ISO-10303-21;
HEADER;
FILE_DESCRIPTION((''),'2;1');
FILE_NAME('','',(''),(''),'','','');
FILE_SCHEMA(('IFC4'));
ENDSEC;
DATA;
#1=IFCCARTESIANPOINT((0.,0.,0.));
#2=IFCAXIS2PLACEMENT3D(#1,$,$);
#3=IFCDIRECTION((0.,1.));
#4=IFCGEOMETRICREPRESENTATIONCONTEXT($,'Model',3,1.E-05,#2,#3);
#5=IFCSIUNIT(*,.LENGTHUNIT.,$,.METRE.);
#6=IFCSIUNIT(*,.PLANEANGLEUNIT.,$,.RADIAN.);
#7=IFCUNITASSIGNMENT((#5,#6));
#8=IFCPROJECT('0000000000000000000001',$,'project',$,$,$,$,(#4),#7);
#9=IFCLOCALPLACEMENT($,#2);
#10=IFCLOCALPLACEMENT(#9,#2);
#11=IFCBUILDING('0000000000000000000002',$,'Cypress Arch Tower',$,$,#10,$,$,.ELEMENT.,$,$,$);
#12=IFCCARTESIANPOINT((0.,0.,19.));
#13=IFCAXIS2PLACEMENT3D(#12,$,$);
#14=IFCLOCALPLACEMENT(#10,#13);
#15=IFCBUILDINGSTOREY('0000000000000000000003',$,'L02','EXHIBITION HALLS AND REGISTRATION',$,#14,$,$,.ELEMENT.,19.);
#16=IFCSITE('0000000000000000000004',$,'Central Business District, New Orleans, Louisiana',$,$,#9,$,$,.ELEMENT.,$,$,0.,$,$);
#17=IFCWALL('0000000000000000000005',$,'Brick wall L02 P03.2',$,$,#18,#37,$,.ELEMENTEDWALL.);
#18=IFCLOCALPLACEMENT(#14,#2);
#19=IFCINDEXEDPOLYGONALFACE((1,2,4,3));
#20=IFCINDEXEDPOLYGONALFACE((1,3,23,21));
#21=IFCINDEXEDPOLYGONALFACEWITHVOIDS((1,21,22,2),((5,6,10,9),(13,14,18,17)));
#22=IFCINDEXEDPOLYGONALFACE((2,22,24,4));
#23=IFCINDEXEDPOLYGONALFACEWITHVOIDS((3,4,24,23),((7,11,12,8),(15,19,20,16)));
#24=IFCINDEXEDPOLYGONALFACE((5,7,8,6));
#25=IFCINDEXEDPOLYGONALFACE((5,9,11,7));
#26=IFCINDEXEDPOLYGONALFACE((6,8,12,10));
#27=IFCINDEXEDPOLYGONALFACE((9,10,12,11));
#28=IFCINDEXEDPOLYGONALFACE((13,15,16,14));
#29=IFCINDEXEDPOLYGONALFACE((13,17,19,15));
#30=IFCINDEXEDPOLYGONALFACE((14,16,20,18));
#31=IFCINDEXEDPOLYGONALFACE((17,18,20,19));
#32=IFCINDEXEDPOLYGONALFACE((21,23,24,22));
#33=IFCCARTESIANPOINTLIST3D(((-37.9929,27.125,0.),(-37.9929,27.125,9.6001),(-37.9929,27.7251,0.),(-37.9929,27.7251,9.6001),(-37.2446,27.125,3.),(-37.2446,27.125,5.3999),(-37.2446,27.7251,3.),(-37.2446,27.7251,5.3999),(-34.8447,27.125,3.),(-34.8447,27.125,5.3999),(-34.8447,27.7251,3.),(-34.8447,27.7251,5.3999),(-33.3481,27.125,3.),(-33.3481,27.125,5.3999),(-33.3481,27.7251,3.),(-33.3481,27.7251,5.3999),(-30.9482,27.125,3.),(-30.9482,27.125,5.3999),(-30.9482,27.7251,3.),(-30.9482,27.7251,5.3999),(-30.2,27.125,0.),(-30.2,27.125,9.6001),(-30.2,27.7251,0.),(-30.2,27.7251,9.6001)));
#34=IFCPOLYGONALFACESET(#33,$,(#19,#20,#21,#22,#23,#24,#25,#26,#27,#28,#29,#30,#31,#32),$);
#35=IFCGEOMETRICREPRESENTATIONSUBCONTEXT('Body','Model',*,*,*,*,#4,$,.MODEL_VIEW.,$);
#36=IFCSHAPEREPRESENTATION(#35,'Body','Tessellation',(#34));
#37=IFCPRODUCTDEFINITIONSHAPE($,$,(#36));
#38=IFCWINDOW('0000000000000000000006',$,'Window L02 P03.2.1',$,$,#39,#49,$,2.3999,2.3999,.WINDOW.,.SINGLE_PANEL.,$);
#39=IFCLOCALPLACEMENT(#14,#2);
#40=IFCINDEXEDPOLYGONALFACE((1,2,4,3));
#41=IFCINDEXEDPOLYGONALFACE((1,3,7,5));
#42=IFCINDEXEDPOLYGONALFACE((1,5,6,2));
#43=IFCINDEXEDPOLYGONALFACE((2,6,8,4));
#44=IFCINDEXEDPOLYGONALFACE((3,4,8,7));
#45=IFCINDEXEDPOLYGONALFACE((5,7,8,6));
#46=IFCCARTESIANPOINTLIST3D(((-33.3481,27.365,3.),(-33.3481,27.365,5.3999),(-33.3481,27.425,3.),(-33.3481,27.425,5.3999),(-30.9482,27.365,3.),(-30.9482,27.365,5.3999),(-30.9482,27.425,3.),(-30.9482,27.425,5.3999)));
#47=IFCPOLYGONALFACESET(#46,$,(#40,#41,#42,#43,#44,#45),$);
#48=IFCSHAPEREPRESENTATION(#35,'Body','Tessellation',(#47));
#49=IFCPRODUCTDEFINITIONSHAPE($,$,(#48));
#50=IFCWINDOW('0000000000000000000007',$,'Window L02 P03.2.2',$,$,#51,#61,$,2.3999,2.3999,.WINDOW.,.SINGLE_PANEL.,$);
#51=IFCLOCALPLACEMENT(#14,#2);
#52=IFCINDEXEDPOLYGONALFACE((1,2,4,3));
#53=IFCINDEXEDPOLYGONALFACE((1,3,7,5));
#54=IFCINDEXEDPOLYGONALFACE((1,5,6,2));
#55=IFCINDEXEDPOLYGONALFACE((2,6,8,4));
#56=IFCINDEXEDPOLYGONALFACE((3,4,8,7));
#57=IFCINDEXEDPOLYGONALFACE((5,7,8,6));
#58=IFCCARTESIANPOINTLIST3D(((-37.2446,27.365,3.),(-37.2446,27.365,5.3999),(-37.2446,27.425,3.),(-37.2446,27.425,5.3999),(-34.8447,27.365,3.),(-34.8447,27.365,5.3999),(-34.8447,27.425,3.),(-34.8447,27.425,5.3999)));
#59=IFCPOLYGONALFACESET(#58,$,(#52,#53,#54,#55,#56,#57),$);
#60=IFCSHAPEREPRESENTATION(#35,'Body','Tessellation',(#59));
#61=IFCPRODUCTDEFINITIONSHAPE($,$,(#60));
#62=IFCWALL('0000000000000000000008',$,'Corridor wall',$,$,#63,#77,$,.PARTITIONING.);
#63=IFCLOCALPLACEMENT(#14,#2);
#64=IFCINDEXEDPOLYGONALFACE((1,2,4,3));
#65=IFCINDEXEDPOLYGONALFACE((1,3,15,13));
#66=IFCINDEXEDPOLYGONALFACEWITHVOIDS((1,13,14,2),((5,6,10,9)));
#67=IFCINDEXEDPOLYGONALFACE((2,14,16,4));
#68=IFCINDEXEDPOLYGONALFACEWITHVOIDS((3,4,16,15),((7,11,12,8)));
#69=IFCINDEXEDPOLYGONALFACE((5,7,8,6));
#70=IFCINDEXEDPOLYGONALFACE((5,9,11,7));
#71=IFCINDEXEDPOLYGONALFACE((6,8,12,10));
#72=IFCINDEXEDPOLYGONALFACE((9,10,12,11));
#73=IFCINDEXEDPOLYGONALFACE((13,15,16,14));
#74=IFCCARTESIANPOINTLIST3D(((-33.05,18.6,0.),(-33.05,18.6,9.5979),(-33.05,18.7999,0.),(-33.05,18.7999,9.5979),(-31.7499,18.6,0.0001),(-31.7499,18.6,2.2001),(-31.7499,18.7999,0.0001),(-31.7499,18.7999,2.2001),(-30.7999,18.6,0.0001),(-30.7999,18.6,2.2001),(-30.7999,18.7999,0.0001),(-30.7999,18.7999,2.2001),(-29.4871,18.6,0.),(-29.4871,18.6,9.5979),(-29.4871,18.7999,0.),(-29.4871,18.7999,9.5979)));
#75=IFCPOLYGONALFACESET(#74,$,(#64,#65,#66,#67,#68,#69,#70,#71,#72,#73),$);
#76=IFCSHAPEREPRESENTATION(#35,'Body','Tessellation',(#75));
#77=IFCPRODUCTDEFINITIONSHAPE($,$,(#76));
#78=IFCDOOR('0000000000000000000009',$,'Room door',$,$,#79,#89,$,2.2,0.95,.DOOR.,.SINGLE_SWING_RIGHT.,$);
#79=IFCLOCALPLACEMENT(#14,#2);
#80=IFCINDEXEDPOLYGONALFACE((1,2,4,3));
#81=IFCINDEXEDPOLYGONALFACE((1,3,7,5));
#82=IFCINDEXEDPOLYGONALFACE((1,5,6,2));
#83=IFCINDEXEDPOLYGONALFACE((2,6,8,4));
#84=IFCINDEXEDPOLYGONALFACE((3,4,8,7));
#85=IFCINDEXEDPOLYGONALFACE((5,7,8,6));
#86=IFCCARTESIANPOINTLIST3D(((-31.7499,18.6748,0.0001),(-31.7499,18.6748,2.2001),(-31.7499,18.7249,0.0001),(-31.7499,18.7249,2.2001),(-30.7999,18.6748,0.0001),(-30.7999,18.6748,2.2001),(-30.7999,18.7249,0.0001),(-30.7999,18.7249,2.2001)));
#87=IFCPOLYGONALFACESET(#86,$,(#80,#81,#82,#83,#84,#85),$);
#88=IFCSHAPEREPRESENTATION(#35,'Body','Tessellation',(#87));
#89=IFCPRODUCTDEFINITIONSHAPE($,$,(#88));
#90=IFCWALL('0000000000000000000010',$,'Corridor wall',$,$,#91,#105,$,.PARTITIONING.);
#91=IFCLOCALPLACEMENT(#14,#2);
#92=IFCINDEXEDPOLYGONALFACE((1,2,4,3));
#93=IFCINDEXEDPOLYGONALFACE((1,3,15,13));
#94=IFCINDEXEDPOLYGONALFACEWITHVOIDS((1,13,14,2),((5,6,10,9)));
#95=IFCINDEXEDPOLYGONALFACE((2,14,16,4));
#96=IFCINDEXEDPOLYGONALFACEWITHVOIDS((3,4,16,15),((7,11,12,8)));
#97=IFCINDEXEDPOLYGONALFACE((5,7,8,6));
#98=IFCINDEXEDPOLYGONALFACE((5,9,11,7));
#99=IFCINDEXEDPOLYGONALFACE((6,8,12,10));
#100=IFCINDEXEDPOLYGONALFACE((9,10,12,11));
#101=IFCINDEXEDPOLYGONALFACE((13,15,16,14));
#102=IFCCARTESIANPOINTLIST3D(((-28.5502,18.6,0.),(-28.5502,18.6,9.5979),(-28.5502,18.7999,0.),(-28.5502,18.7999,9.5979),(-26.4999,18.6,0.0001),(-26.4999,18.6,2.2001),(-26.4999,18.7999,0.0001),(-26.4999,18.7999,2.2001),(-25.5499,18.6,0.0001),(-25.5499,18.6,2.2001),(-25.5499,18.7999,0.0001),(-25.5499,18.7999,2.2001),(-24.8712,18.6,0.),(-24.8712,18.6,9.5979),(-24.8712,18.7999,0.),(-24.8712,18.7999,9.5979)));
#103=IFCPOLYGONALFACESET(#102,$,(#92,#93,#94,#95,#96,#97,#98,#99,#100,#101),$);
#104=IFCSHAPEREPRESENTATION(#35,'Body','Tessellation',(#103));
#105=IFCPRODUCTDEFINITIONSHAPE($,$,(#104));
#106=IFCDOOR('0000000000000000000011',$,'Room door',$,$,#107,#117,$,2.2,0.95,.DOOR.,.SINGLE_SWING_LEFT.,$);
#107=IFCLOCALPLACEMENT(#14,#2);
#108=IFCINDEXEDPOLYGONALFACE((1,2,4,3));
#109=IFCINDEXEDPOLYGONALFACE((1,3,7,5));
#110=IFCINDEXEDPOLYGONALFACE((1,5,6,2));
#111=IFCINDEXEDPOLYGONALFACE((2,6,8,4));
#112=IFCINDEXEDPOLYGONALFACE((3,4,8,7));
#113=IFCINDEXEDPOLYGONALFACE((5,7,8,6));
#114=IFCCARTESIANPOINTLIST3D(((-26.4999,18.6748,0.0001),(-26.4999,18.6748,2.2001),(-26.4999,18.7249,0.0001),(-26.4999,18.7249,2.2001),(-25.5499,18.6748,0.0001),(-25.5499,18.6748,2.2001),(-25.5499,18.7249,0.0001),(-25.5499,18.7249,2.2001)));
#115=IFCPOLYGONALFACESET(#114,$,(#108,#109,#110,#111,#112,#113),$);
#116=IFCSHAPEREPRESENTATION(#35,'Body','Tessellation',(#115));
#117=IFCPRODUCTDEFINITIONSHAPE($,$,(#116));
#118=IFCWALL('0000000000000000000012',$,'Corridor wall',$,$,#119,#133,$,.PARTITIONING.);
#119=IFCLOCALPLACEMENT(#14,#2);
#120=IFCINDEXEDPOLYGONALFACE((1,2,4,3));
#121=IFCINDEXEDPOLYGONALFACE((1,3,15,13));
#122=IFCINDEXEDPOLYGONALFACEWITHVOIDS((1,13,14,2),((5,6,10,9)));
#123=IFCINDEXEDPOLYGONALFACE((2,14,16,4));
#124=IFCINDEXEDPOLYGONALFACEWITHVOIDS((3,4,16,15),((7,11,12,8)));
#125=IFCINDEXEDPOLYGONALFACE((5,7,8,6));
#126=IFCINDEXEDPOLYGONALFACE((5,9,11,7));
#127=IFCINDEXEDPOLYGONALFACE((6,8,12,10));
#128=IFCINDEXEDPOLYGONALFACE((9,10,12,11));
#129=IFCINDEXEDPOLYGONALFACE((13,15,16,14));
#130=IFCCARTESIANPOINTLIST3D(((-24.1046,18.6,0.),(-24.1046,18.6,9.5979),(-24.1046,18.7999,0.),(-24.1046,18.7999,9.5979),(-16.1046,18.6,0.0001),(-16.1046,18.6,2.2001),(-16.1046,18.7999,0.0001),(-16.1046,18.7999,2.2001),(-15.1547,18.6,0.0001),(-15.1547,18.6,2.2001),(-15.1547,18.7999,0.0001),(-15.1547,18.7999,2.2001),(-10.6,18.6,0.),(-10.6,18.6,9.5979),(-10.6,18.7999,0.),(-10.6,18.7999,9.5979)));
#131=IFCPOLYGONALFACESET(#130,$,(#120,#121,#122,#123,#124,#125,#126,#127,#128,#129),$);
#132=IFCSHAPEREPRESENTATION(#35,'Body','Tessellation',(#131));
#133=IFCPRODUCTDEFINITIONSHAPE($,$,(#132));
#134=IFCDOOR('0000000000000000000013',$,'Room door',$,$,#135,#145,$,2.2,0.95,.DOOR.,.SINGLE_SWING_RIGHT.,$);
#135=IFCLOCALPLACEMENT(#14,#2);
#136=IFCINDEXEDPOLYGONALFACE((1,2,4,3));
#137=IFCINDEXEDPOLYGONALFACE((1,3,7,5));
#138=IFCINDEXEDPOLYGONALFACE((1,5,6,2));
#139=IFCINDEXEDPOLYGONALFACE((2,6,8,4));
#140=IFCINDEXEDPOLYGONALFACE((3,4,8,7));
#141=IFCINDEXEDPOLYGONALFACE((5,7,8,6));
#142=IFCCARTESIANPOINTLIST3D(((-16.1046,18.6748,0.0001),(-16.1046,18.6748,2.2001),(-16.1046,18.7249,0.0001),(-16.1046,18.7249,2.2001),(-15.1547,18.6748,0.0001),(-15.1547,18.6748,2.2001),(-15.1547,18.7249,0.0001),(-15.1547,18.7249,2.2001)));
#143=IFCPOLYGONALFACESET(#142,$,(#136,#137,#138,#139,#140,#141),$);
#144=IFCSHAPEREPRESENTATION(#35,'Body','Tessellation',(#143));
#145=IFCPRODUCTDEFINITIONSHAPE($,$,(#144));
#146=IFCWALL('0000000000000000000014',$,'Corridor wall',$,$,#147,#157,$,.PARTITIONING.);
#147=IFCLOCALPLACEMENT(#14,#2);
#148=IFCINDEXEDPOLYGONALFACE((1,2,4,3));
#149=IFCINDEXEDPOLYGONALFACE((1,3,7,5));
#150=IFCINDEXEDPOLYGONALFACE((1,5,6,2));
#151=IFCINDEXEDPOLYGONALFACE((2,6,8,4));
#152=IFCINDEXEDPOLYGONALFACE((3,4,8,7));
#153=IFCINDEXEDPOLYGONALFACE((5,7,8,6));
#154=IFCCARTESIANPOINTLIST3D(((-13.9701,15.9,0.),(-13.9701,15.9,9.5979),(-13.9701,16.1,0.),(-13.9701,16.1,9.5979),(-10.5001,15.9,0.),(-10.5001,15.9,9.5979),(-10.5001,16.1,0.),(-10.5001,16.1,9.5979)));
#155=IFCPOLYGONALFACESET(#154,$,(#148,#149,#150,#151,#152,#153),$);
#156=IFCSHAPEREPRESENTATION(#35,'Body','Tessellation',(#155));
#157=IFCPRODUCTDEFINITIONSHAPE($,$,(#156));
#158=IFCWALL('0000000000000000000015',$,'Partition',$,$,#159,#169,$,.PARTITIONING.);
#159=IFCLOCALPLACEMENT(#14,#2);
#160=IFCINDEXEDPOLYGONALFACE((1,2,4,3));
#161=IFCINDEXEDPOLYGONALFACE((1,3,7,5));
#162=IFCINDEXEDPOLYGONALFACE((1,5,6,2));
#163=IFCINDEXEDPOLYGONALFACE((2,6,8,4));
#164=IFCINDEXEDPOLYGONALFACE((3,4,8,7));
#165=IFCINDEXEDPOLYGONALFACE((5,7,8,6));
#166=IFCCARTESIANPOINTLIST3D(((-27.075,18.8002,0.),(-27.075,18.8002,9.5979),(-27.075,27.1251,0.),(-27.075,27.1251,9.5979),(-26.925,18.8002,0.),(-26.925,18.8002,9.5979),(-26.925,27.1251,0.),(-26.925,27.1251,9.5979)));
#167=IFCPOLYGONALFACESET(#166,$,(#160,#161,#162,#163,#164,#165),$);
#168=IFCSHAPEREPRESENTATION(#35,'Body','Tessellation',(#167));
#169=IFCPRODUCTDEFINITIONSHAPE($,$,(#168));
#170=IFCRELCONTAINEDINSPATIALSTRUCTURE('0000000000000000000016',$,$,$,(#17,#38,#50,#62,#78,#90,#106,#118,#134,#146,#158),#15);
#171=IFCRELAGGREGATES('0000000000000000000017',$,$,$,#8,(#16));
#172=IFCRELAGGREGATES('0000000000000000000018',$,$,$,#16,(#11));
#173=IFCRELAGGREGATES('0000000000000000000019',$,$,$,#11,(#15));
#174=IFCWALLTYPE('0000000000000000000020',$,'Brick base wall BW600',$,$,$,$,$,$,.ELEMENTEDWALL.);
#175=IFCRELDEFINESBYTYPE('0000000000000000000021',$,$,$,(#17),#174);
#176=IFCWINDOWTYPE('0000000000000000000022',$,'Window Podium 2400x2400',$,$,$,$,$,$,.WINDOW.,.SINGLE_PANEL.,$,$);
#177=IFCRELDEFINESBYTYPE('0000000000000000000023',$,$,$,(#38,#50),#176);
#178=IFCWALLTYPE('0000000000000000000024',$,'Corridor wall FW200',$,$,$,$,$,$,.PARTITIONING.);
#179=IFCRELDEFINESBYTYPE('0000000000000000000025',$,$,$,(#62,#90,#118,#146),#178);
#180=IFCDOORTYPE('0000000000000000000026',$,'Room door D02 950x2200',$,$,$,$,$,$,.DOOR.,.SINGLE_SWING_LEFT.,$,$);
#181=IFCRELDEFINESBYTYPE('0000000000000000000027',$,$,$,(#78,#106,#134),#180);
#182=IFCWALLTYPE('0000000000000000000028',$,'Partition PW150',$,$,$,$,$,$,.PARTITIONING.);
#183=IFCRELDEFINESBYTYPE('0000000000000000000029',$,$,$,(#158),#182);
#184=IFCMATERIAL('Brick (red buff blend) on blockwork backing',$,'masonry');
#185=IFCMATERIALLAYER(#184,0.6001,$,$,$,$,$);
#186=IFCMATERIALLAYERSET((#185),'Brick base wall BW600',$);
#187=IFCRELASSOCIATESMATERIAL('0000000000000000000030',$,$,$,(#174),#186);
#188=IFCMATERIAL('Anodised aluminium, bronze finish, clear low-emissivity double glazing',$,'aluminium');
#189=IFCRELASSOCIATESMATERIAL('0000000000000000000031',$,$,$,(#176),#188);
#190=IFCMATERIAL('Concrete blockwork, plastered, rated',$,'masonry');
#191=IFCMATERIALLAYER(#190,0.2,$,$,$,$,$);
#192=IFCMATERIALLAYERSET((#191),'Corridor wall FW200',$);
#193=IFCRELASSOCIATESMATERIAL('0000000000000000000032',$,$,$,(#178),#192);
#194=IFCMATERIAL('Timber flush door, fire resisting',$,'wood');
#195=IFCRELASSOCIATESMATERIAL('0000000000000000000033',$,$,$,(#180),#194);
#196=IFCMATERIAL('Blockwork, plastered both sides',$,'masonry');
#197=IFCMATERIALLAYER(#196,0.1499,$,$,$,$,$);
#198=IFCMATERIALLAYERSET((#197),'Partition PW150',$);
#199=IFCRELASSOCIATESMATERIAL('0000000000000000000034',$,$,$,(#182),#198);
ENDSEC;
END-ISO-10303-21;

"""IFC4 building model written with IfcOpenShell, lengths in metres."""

from ifc_helpers import new_model, si_unit, direction, frame, frame_2d, origin, place, context, subcontext, project, spatial, rectangle, extrude, material, layer, layer_set, type_object, element, fill, save


model = new_model("IFC4")

# Units and contexts
model_context = context("Model", 3, precision=1e-05, world=origin(), true_north=direction((0.0, 1.0)))
body_context = subcontext(model_context, "Body", "Model", "MODEL_VIEW")
ifc_project = project(units=[si_unit("LENGTHUNIT", "METRE"), si_unit("PLANEANGLEUNIT", "RADIAN")], contexts=[model_context])

# Site, building, storey
site_placement = place(None, origin())
site = spatial("IfcSite", under=ifc_project, at=site_placement, Name="Central Business District, New Orleans, Louisiana", CompositionType="ELEMENT", RefElevation=0.0)
building_placement = place(site_placement, origin())
building = spatial("IfcBuilding", under=site, at=building_placement, Name="Cypress Arch Tower", CompositionType="ELEMENT")
storey_placement = place(building_placement, frame((0.0, 0.0, 19.0)))
storey = spatial("IfcBuildingStorey", under=building, at=storey_placement, Name="L02", Description="EXHIBITION HALLS AND REGISTRATION", CompositionType="ELEMENT", Elevation=19.0)

# Wall, openings, windows
ifc_material_1 = material(Name="Brick (red buff blend) on blockwork backing", Category="masonry")
ifc_layer_1 = layer(ifc_material_1, 0.6001)
ifc_layer_set_1 = layer_set([ifc_layer_1], Name="Brick base wall BW600")
wall_type_1 = type_object("IfcWallType", Name="Brick base wall BW600", PredefinedType="ELEMENTEDWALL", material=ifc_layer_set_1)
wall_1_placement = place(storey_placement, frame((-30.2, 27.425, 0.0), z_axis=(0.0, 0.0, 1.0), x_axis=(-1.0, 0.0, 0.0)))
wall_1 = element("IfcWall", 1, at=wall_1_placement, inside=storey, type_object=wall_type_1, Name="Brick wall L02 P03.2", PredefinedType="ELEMENTEDWALL", context=body_context, shape_type="SweptSolid", body=[
    extrude(rectangle(XDim=7.793, YDim=0.6001, at=frame_2d((3.8965, 0.0))), origin(), (0.0, 0.0, 1.0), 9.6001),
])
opening_1_placement = place(wall_1_placement, frame((0.7483, 0.0, 3.0)))
opening_1 = element("IfcOpeningElement", 2, at=opening_1_placement, cuts=wall_1, PredefinedType="OPENING", context=body_context, shape_type="SweptSolid", body=[
    extrude(rectangle(XDim=2.3999, YDim=2.3999, at=frame_2d((1.2, 1.2))), frame((0.0, 0.3101, 0.0), z_axis=(0.0, -1.0, 0.0), x_axis=(1.0, 0.0, 0.0)), (0.0, 0.0, 1.0), 0.6201),
])
opening_2_placement = place(wall_1_placement, frame((4.6448, 0.0, 3.0)))
opening_2 = element("IfcOpeningElement", 3, at=opening_2_placement, cuts=wall_1, PredefinedType="OPENING", context=body_context, shape_type="SweptSolid", body=[
    extrude(rectangle(XDim=2.3999, YDim=2.3999, at=frame_2d((1.2, 1.2))), frame((0.0, 0.3101, 0.0), z_axis=(0.0, -1.0, 0.0), x_axis=(1.0, 0.0, 0.0)), (0.0, 0.0, 1.0), 0.6201),
])
ifc_material_2 = material(Name="Anodised aluminium, bronze finish, clear low-emissivity double glazing", Category="aluminium")
window_type = type_object("IfcWindowType", Name="Window Podium 2400x2400", PartitioningType="SINGLE_PANEL", PredefinedType="WINDOW", material=ifc_material_2)
window_1_placement = place(opening_1_placement, origin())
window_1 = element("IfcWindow", 4, at=window_1_placement, inside=storey, type_object=window_type, Name="Window L02 P03.2.1", OverallHeight=2.3999, OverallWidth=2.3999, PartitioningType="SINGLE_PANEL", PredefinedType="WINDOW", context=body_context, shape_type="SweptSolid", body=[
    extrude(rectangle(XDim=2.3999, YDim=2.3999, at=frame_2d((1.2, 1.2))), frame((0.0, 0.0601, 0.0), z_axis=(0.0, -1.0, 0.0), x_axis=(1.0, 0.0, 0.0)), (0.0, 0.0, 1.0), 0.0601),
])
fill(opening_1, window_1)
window_2_placement = place(opening_2_placement, origin())
window_2 = element("IfcWindow", 5, at=window_2_placement, inside=storey, type_object=window_type, Name="Window L02 P03.2.2", OverallHeight=2.3999, OverallWidth=2.3999, PartitioningType="SINGLE_PANEL", PredefinedType="WINDOW", context=body_context, shape_type="SweptSolid", body=[
    extrude(rectangle(XDim=2.3999, YDim=2.3999, at=frame_2d((1.2, 1.2))), frame((0.0, 0.0601, 0.0), z_axis=(0.0, -1.0, 0.0), x_axis=(1.0, 0.0, 0.0)), (0.0, 0.0, 1.0), 0.0601),
])
fill(opening_2, window_2)

# Walls, openings, doors
ifc_material_3 = material(Name="Concrete blockwork, plastered, rated", Category="masonry")
ifc_layer_2 = layer(ifc_material_3, 0.2)
ifc_layer_set_2 = layer_set([ifc_layer_2], Name="Corridor wall FW200")
wall_type_2 = type_object("IfcWallType", Name="Corridor wall FW200", PredefinedType="PARTITIONING", material=ifc_layer_set_2)
wall_2_placement = place(storey_placement, frame((-33.05, 18.7, 0.0), z_axis=(0.0, 0.0, 1.0), x_axis=(1.0, 0.0, 0.0)))
wall_2 = element("IfcWall", 6, at=wall_2_placement, inside=storey, type_object=wall_type_2, Name="Corridor wall", PredefinedType="PARTITIONING", context=body_context, shape_type="SweptSolid", body=[
    extrude(rectangle(XDim=3.563, YDim=0.2, at=frame_2d((1.7815, 0.0))), origin(), (0.0, 0.0, 1.0), 9.5979),
])
opening_3_placement = place(wall_2_placement, frame((1.3, 0.0, 0.0)))
opening_3 = element("IfcOpeningElement", 7, at=opening_3_placement, cuts=wall_2, PredefinedType="OPENING", context=body_context, shape_type="SweptSolid", body=[
    extrude(rectangle(XDim=0.95, YDim=2.2, at=frame_2d((0.4751, 1.1001))), frame((0.0, 0.1099, 0.0), z_axis=(0.0, -1.0, 0.0), x_axis=(1.0, 0.0, 0.0)), (0.0, 0.0, 1.0), 0.22),
])
ifc_material_4 = material(Name="Timber flush door, fire resisting", Category="wood")
door_type_1 = type_object("IfcDoorType", Name="Room door D02 950x2200", OperationType="SINGLE_SWING_LEFT", PredefinedType="DOOR", material=ifc_material_4)
door_1_placement = place(opening_3_placement, origin())
door_1 = element("IfcDoor", 8, at=door_1_placement, inside=storey, type_object=door_type_1, Name="Room door", OperationType="SINGLE_SWING_RIGHT", OverallHeight=2.2, OverallWidth=0.95, PredefinedType="DOOR", context=body_context, shape_type="SweptSolid", body=[
    extrude(rectangle(XDim=0.95, YDim=2.2, at=frame_2d((0.4751, 1.1001))), frame((0.0, 0.0249, 0.0), z_axis=(0.0, -1.0, 0.0), x_axis=(1.0, 0.0, 0.0)), (0.0, 0.0, 1.0), 0.05),
])
fill(opening_3, door_1)
wall_3_placement = place(storey_placement, frame((-28.55, 18.7, 0.0), z_axis=(0.0, 0.0, 1.0), x_axis=(1.0, 0.0, 0.0)))
wall_3 = element("IfcWall", 9, at=wall_3_placement, inside=storey, type_object=wall_type_2, Name="Corridor wall", PredefinedType="PARTITIONING", context=body_context, shape_type="SweptSolid", body=[
    extrude(rectangle(XDim=3.679, YDim=0.2, at=frame_2d((1.8394, 0.0))), origin(), (0.0, 0.0, 1.0), 9.5979),
])
opening_4_placement = place(wall_3_placement, frame((2.05, 0.0, 0.0)))
opening_4 = element("IfcOpeningElement", 10, at=opening_4_placement, cuts=wall_3, PredefinedType="OPENING", context=body_context, shape_type="SweptSolid", body=[
    extrude(rectangle(XDim=0.95, YDim=2.2, at=frame_2d((0.4751, 1.1001))), frame((0.0, 0.1099, 0.0), z_axis=(0.0, -1.0, 0.0), x_axis=(1.0, 0.0, 0.0)), (0.0, 0.0, 1.0), 0.22),
])
door_2_placement = place(opening_4_placement, origin())
door_2 = element("IfcDoor", 11, at=door_2_placement, inside=storey, type_object=door_type_1, Name="Room door", OperationType="SINGLE_SWING_LEFT", OverallHeight=2.2, OverallWidth=0.95, PredefinedType="DOOR", context=body_context, shape_type="SweptSolid", body=[
    extrude(rectangle(XDim=0.95, YDim=2.2, at=frame_2d((0.4751, 1.1001))), frame((0.0, 0.0249, 0.0), z_axis=(0.0, -1.0, 0.0), x_axis=(1.0, 0.0, 0.0)), (0.0, 0.0, 1.0), 0.05),
])
fill(opening_4, door_2)
wall_4_placement = place(storey_placement, frame((-24.1047, 18.7, 0.0), z_axis=(0.0, 0.0, 1.0), x_axis=(1.0, 0.0, 0.0)))
wall_4 = element("IfcWall", 12, at=wall_4_placement, inside=storey, type_object=wall_type_2, Name="Corridor wall", PredefinedType="PARTITIONING", context=body_context, shape_type="SweptSolid", body=[
    extrude(rectangle(XDim=13.5046, YDim=0.2, at=frame_2d((6.7524, 0.0))), origin(), (0.0, 0.0, 1.0), 9.5979),
])
opening_5_placement = place(wall_4_placement, frame((8.0, 0.0, 0.0)))
opening_5 = element("IfcOpeningElement", 13, at=opening_5_placement, cuts=wall_4, PredefinedType="OPENING", context=body_context, shape_type="SweptSolid", body=[
    extrude(rectangle(XDim=0.95, YDim=2.2, at=frame_2d((0.4751, 1.1001))), frame((0.0, 0.1099, 0.0), z_axis=(0.0, -1.0, 0.0), x_axis=(1.0, 0.0, 0.0)), (0.0, 0.0, 1.0), 0.22),
])
door_3_placement = place(opening_5_placement, origin())
door_3 = element("IfcDoor", 14, at=door_3_placement, inside=storey, type_object=door_type_1, Name="Room door", OperationType="SINGLE_SWING_RIGHT", OverallHeight=2.2, OverallWidth=0.95, PredefinedType="DOOR", context=body_context, shape_type="SweptSolid", body=[
    extrude(rectangle(XDim=0.95, YDim=2.2, at=frame_2d((0.4751, 1.1001))), frame((0.0, 0.0249, 0.0), z_axis=(0.0, -1.0, 0.0), x_axis=(1.0, 0.0, 0.0)), (0.0, 0.0, 1.0), 0.05),
])
fill(opening_5, door_3)

# Walls
wall_5_placement = place(storey_placement, frame((-13.97, 16.0, 0.0), z_axis=(0.0, 0.0, 1.0), x_axis=(1.0, 0.0, 0.0)))
element("IfcWall", 15, at=wall_5_placement, inside=storey, type_object=wall_type_2, Name="Corridor wall", PredefinedType="PARTITIONING", context=body_context, shape_type="SweptSolid", body=[
    extrude(rectangle(XDim=3.47, YDim=0.2, at=frame_2d((1.7349, 0.0))), origin(), (0.0, 0.0, 1.0), 9.5979),
])
ifc_material_5 = material(Name="Blockwork, plastered both sides", Category="masonry")
ifc_layer_3 = layer(ifc_material_5, 0.1499)
ifc_layer_set_3 = layer_set([ifc_layer_3], Name="Partition PW150")
wall_type_3 = type_object("IfcWallType", Name="Partition PW150", PredefinedType="PARTITIONING", material=ifc_layer_set_3)
wall_6_placement = place(storey_placement, frame((-27.0, 18.8, 0.0), z_axis=(0.0, 0.0, 1.0), x_axis=(0.0, 1.0, 0.0)))
element("IfcWall", 16, at=wall_6_placement, inside=storey, type_object=wall_type_3, Name="Partition", PredefinedType="PARTITIONING", context=body_context, shape_type="SweptSolid", body=[
    extrude(rectangle(XDim=8.325, YDim=0.1499, at=frame_2d((4.1626, 0.0))), origin(), (0.0, 0.0, 1.0), 9.5979),
])

save(model, "model.ifc")
